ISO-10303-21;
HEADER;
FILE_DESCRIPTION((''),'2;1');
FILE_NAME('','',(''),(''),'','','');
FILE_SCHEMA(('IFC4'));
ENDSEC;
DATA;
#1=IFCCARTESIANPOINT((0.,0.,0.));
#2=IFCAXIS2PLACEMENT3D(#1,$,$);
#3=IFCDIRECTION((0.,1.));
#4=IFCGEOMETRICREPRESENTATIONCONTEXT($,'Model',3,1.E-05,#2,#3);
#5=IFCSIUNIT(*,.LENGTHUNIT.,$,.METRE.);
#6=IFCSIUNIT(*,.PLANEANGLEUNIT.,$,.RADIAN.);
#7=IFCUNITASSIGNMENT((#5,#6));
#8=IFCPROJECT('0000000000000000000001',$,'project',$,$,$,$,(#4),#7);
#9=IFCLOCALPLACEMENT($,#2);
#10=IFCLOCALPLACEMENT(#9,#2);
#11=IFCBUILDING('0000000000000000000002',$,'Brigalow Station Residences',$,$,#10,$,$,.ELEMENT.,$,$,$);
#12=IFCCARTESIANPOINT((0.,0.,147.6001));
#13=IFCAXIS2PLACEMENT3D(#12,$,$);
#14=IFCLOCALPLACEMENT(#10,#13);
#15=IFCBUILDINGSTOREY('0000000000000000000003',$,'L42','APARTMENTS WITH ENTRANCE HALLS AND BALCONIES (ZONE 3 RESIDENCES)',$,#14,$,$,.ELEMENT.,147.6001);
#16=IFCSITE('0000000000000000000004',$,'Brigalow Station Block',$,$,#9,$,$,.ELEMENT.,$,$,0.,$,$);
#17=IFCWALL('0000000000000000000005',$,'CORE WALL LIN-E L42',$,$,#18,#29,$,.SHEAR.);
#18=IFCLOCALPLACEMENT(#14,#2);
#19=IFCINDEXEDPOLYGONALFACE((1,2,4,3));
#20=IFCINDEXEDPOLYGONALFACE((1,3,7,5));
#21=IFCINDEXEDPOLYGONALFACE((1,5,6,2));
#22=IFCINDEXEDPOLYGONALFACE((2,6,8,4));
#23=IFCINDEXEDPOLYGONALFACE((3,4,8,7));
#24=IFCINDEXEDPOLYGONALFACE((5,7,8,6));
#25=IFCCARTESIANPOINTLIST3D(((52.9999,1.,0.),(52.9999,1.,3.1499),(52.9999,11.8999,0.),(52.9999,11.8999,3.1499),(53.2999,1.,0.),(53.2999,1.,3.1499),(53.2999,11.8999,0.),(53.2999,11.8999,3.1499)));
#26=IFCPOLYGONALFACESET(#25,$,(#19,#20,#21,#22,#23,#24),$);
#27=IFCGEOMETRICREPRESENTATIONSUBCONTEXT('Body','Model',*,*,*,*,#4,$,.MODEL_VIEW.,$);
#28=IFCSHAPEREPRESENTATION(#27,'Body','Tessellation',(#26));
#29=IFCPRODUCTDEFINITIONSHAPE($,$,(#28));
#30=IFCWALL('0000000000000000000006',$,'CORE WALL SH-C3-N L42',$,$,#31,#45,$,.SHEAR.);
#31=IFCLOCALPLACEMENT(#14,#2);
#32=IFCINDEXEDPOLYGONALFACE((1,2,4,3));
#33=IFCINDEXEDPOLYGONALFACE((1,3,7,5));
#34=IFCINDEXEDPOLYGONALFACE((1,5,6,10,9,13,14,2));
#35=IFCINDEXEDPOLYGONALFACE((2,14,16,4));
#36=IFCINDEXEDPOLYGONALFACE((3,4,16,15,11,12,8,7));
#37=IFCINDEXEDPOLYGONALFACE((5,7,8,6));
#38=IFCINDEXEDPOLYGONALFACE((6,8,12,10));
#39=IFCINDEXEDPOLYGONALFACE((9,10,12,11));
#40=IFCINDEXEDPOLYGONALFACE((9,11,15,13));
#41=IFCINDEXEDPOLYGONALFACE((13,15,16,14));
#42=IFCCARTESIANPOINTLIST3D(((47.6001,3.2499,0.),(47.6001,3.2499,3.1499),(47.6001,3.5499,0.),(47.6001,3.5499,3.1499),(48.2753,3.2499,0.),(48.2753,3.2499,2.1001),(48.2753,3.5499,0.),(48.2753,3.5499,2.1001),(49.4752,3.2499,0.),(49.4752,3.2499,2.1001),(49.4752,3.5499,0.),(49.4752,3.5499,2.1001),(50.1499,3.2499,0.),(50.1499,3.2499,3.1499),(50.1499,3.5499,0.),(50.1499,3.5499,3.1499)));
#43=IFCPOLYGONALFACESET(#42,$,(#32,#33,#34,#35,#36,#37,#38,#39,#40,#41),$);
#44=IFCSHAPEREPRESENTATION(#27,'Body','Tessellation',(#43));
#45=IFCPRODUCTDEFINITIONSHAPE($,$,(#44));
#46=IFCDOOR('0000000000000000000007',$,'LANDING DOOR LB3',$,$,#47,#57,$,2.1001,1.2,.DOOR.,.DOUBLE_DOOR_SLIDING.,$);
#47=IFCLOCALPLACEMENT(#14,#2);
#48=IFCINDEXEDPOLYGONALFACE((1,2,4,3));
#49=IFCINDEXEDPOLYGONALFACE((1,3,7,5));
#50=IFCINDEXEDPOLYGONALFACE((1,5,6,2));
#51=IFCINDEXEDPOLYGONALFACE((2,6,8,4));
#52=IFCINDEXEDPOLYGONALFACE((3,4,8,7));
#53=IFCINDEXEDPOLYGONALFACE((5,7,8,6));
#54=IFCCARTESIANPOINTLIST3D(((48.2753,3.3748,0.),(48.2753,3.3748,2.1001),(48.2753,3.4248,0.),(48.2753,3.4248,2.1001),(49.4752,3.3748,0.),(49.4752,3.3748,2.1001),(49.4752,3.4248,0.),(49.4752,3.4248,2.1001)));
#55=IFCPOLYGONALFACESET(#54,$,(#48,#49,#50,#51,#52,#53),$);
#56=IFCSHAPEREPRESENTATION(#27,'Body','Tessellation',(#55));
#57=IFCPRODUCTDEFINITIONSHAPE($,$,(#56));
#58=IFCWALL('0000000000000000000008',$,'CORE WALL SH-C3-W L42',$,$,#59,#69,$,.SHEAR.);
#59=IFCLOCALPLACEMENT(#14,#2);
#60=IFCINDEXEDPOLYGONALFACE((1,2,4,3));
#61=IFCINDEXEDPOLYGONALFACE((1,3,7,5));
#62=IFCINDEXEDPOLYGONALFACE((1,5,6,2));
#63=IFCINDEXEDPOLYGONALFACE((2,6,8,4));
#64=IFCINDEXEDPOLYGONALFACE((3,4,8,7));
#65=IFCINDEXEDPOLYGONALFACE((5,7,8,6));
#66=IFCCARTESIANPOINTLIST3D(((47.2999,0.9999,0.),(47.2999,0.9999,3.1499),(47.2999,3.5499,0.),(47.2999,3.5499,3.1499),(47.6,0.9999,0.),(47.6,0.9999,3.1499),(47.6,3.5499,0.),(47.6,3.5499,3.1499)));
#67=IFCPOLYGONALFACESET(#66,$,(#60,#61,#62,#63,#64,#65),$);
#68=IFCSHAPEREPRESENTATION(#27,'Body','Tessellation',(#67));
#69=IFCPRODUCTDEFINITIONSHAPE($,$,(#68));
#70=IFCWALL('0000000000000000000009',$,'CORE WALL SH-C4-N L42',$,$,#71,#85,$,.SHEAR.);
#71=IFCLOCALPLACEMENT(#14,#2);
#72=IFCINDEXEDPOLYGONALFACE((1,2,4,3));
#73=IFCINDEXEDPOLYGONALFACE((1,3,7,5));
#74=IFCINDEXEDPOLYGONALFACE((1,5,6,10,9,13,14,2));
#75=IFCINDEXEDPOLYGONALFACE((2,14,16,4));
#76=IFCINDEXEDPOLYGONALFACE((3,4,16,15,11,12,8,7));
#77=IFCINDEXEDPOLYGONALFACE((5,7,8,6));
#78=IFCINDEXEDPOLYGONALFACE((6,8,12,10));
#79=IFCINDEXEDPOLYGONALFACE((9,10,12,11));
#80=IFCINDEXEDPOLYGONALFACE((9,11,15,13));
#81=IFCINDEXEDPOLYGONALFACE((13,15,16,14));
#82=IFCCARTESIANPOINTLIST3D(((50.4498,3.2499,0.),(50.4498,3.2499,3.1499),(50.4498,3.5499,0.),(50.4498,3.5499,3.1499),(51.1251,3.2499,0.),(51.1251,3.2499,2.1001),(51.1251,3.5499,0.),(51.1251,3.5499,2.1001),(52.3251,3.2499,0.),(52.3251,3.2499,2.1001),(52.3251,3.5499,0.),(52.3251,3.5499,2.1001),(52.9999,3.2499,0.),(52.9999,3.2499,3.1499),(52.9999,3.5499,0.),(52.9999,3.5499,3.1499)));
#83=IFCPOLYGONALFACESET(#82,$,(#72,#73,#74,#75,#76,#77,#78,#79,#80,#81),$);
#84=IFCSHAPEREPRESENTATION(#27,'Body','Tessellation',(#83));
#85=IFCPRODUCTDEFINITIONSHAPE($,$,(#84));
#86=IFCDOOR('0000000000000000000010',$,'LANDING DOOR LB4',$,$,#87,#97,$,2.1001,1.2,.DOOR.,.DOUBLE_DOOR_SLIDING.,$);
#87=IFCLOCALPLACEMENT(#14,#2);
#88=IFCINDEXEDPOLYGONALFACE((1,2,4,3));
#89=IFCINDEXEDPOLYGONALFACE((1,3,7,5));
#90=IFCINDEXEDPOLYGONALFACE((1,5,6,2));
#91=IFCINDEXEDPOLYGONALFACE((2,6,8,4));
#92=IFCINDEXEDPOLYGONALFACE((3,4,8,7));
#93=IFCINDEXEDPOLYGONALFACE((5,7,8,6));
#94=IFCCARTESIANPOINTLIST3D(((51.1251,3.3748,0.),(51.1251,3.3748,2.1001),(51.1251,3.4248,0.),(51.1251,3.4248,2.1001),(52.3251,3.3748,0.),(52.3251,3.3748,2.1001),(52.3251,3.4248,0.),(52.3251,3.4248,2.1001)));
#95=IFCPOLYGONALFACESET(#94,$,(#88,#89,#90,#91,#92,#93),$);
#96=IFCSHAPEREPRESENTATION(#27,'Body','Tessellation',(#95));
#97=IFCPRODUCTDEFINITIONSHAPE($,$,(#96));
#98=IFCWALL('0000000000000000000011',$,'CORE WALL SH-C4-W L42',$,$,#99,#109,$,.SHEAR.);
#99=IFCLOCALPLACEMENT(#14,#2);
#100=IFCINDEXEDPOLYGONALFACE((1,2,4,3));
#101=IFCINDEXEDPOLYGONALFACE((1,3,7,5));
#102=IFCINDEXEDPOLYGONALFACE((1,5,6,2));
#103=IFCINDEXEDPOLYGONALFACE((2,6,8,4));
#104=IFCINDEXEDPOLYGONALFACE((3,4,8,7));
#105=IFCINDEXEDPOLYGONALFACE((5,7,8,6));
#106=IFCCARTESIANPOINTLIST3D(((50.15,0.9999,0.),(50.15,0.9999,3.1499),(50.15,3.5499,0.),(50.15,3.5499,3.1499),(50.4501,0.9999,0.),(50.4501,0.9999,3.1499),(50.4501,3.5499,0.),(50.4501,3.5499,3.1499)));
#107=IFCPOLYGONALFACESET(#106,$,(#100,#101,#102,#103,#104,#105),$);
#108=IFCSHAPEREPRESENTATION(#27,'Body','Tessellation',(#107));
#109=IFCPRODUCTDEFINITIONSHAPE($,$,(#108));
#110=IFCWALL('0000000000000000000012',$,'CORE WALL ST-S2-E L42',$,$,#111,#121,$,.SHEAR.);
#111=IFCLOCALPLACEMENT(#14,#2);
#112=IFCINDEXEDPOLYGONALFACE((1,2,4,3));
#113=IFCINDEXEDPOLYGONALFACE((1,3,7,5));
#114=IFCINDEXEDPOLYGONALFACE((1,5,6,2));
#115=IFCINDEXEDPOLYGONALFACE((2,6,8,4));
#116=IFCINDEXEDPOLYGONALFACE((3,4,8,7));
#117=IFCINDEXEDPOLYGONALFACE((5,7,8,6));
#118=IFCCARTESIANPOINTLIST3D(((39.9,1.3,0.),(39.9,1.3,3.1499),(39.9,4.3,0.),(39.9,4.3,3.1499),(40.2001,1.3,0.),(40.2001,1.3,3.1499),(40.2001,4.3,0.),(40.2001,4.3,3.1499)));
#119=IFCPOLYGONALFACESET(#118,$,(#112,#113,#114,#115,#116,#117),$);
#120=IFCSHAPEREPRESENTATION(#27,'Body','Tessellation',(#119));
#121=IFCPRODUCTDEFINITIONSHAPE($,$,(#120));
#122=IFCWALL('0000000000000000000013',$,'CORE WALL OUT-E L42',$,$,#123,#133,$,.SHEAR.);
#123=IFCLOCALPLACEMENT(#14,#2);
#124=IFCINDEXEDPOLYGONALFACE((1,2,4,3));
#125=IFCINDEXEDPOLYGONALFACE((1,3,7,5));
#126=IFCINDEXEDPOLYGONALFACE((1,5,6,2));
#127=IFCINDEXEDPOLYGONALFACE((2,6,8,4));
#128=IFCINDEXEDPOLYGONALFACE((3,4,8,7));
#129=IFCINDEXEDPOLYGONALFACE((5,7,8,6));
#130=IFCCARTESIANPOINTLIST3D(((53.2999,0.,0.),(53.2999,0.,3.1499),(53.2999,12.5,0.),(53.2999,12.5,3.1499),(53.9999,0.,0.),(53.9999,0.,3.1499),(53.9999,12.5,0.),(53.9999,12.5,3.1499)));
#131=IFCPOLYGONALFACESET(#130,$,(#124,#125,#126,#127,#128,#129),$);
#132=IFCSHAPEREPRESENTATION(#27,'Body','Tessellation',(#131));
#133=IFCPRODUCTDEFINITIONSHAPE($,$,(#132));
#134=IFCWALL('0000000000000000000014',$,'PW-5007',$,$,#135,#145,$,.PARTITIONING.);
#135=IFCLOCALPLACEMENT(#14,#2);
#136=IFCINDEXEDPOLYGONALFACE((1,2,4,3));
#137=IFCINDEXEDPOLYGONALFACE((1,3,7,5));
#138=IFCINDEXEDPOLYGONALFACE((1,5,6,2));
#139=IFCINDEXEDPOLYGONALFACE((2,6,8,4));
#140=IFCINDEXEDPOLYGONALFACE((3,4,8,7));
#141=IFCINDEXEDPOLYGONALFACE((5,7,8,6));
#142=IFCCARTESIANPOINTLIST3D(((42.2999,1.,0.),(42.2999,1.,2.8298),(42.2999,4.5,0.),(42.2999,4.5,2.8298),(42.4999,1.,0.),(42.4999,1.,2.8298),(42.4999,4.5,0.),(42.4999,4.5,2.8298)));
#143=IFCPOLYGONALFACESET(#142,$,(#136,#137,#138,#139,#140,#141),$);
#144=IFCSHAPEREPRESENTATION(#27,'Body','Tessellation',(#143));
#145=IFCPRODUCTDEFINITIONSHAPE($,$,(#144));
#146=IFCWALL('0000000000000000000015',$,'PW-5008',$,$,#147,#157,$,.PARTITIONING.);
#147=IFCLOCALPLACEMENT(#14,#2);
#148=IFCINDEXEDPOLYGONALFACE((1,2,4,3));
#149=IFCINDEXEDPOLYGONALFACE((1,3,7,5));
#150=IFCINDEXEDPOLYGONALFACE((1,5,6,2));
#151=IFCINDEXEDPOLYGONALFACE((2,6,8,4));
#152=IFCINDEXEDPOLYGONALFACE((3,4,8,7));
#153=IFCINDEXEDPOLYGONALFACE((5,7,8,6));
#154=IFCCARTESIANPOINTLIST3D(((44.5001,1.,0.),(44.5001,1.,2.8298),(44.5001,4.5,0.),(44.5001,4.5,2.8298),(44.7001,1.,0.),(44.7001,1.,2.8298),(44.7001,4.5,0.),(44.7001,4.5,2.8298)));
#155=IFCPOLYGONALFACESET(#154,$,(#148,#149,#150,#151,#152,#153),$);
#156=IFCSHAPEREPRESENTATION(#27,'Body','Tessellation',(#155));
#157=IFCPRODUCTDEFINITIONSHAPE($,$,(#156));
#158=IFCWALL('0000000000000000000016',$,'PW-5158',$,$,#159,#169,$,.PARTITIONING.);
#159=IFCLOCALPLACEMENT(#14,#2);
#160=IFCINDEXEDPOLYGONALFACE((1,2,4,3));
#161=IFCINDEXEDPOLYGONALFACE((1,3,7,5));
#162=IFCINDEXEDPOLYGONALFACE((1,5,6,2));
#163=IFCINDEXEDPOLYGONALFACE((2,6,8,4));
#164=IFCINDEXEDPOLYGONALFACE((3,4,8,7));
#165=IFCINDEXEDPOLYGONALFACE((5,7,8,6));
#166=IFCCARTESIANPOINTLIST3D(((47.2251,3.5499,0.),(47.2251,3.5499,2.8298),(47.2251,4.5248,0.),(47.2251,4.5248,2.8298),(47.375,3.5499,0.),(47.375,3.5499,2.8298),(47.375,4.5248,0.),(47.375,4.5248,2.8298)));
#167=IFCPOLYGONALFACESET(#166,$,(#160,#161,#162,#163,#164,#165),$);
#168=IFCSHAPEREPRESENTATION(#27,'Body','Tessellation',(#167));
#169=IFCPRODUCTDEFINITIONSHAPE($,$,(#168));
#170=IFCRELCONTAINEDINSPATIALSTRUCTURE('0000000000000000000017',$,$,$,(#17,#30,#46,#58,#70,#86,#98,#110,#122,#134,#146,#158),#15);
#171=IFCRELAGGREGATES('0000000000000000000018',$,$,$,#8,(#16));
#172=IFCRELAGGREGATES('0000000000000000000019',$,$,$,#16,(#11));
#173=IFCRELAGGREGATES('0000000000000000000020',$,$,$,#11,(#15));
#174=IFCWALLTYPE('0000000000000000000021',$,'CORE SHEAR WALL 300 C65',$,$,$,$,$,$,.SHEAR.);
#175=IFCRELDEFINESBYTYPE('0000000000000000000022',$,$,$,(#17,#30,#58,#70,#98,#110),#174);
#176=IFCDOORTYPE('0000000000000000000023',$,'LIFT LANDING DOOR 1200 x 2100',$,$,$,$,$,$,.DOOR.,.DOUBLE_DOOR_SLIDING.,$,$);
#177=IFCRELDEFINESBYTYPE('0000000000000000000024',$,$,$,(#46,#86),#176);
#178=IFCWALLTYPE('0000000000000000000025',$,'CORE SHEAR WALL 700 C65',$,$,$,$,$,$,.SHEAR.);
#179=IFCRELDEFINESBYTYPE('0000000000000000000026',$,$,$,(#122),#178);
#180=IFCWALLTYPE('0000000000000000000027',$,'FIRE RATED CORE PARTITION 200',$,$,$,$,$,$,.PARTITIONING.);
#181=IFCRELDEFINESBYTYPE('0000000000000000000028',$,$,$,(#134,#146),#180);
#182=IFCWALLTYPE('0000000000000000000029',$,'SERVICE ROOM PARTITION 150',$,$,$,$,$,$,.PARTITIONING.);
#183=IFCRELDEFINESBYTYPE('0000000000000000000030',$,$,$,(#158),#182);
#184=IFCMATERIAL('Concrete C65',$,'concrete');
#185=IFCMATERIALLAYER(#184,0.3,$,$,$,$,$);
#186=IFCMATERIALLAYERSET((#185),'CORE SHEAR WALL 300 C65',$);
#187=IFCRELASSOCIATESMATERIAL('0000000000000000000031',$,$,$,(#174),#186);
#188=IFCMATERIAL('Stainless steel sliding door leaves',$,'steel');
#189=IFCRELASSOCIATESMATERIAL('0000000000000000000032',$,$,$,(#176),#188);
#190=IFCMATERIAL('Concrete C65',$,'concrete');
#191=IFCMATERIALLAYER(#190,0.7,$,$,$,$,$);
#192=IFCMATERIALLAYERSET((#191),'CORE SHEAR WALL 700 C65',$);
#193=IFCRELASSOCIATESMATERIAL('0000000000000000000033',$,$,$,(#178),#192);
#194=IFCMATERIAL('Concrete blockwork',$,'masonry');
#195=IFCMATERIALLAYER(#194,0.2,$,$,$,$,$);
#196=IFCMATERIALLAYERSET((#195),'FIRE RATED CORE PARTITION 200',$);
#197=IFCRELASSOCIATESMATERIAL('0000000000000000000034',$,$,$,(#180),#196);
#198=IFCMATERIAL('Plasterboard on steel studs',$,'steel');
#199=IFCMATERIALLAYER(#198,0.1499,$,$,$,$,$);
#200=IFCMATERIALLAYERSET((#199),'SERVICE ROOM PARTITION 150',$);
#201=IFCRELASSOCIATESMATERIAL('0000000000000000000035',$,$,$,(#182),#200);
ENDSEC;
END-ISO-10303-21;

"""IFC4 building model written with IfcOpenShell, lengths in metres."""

from ifc_helpers import new_model, si_unit, direction, frame, frame_2d, origin, place, context, subcontext, project, spatial, rectangle, extrude, material, layer, layer_set, type_object, element, fill, save


model = new_model("IFC4")

# Units and contexts
model_context = context("Model", 3, precision=1e-05, world=origin(), true_north=direction((0.0, 1.0)))
body_context = subcontext(model_context, "Body", "Model", "MODEL_VIEW")
ifc_project = project(units=[si_unit("LENGTHUNIT", "METRE"), si_unit("PLANEANGLEUNIT", "RADIAN")], contexts=[model_context])

# Site, building, storey
site_placement = place(None, origin())
site = spatial("IfcSite", under=ifc_project, at=site_placement, Name="Brigalow Station Block", CompositionType="ELEMENT", RefElevation=0.0)
building_placement = place(site_placement, origin())
building = spatial("IfcBuilding", under=site, at=building_placement, Name="Brigalow Station Residences", CompositionType="ELEMENT")
storey_placement = place(building_placement, frame((0.0, 0.0, 147.6001)))
storey = spatial("IfcBuildingStorey", under=building, at=storey_placement, Name="L42", Description="APARTMENTS WITH ENTRANCE HALLS AND BALCONIES (ZONE 3 RESIDENCES)", CompositionType="ELEMENT", Elevation=147.6001)

# Wall
ifc_material_1 = material(Name="Concrete C65", Category="concrete")
ifc_layer_1 = layer(ifc_material_1, 0.3)
ifc_layer_set_1 = layer_set([ifc_layer_1], Name="CORE SHEAR WALL 300 C65")
wall_type_1 = type_object("IfcWallType", Name="CORE SHEAR WALL 300 C65", PredefinedType="SHEAR", material=ifc_layer_set_1)
wall_1_placement = place(storey_placement, frame((53.1499, 1.0, 0.0), z_axis=(0.0, 0.0, 1.0), x_axis=(0.0, 1.0, 0.0)))
element("IfcWall", 1, at=wall_1_placement, inside=storey, type_object=wall_type_1, Name="CORE WALL LIN-E L42", PredefinedType="SHEAR", context=body_context, shape_type="SweptSolid", body=[
    extrude(rectangle(XDim=10.8999, YDim=0.3, at=frame_2d((5.45, 0.0))), origin(), (0.0, 0.0, 1.0), 3.1499),
])

# Wall, opening, door
wall_2_placement = place(storey_placement, frame((47.6001, 3.3999, 0.0), z_axis=(0.0, 0.0, 1.0), x_axis=(1.0, 0.0, 0.0)))
wall_2 = element("IfcWall", 2, at=wall_2_placement, inside=storey, type_object=wall_type_1, Name="CORE WALL SH-C3-N L42", PredefinedType="SHEAR", context=body_context, shape_type="SweptSolid", body=[
    extrude(rectangle(XDim=2.5498, YDim=0.3, at=frame_2d((1.2749, 0.0))), origin(), (0.0, 0.0, 1.0), 3.1499),
])
opening_1_placement = place(wall_2_placement, frame((0.675, 0.0, 0.0)))
opening_1 = element("IfcOpeningElement", 3, at=opening_1_placement, cuts=wall_2, PredefinedType="OPENING", context=body_context, shape_type="SweptSolid", body=[
    extrude(rectangle(XDim=1.2, YDim=2.1001, at=frame_2d((0.6001, 1.05))), frame((0.0, 0.1602, 0.0), z_axis=(0.0, -1.0, 0.0), x_axis=(1.0, 0.0, 0.0)), (0.0, 0.0, 1.0), 0.3201),
])
ifc_material_2 = material(Name="Stainless steel sliding door leaves", Category="steel")
door_type = type_object("IfcDoorType", Name="LIFT LANDING DOOR 1200 x 2100", OperationType="DOUBLE_DOOR_SLIDING", PredefinedType="DOOR", material=ifc_material_2)
door_1_placement = place(opening_1_placement, origin())
door_1 = element("IfcDoor", 4, at=door_1_placement, inside=storey, type_object=door_type, Name="LANDING DOOR LB3", OperationType="DOUBLE_DOOR_SLIDING", OverallHeight=2.1001, OverallWidth=1.2, PredefinedType="DOOR", context=body_context, shape_type="SweptSolid", body=[
    extrude(rectangle(XDim=1.2, YDim=2.1001, at=frame_2d((0.6001, 1.05))), frame((0.0, 0.0249, 0.0), z_axis=(0.0, -1.0, 0.0), x_axis=(1.0, 0.0, 0.0)), (0.0, 0.0, 1.0), 0.05),
])
fill(opening_1, door_1)

# Wall
wall_3_placement = place(storey_placement, frame((47.45, 1.0, 0.0), z_axis=(0.0, 0.0, 1.0), x_axis=(0.0, 1.0, 0.0)))
element("IfcWall", 5, at=wall_3_placement, inside=storey, type_object=wall_type_1, Name="CORE WALL SH-C3-W L42", PredefinedType="SHEAR", context=body_context, shape_type="SweptSolid", body=[
    extrude(rectangle(XDim=2.55, YDim=0.3, at=frame_2d((1.2749, 0.0))), origin(), (0.0, 0.0, 1.0), 3.1499),
])

# Wall, opening, door
wall_4_placement = place(storey_placement, frame((50.45, 3.3999, 0.0), z_axis=(0.0, 0.0, 1.0), x_axis=(1.0, 0.0, 0.0)))
wall_4 = element("IfcWall", 6, at=wall_4_placement, inside=storey, type_object=wall_type_1, Name="CORE WALL SH-C4-N L42", PredefinedType="SHEAR", context=body_context, shape_type="SweptSolid", body=[
    extrude(rectangle(XDim=2.55, YDim=0.3, at=frame_2d((1.2749, 0.0))), origin(), (0.0, 0.0, 1.0), 3.1499),
])
opening_2_placement = place(wall_4_placement, frame((0.675, 0.0, 0.0)))
opening_2 = element("IfcOpeningElement", 7, at=opening_2_placement, cuts=wall_4, PredefinedType="OPENING", context=body_context, shape_type="SweptSolid", body=[
    extrude(rectangle(XDim=1.2, YDim=2.1001, at=frame_2d((0.6001, 1.05))), frame((0.0, 0.1602, 0.0), z_axis=(0.0, -1.0, 0.0), x_axis=(1.0, 0.0, 0.0)), (0.0, 0.0, 1.0), 0.3201),
])
door_2_placement = place(opening_2_placement, origin())
door_2 = element("IfcDoor", 8, at=door_2_placement, inside=storey, type_object=door_type, Name="LANDING DOOR LB4", OperationType="DOUBLE_DOOR_SLIDING", OverallHeight=2.1001, OverallWidth=1.2, PredefinedType="DOOR", context=body_context, shape_type="SweptSolid", body=[
    extrude(rectangle(XDim=1.2, YDim=2.1001, at=frame_2d((0.6001, 1.05))), frame((0.0, 0.0249, 0.0), z_axis=(0.0, -1.0, 0.0), x_axis=(1.0, 0.0, 0.0)), (0.0, 0.0, 1.0), 0.05),
])
fill(opening_2, door_2)

# Walls
wall_5_placement = place(storey_placement, frame((50.3, 1.0, 0.0), z_axis=(0.0, 0.0, 1.0), x_axis=(0.0, 1.0, 0.0)))
element("IfcWall", 9, at=wall_5_placement, inside=storey, type_object=wall_type_1, Name="CORE WALL SH-C4-W L42", PredefinedType="SHEAR", context=body_context, shape_type="SweptSolid", body=[
    extrude(rectangle(XDim=2.55, YDim=0.3, at=frame_2d((1.2749, 0.0))), origin(), (0.0, 0.0, 1.0), 3.1499),
])
wall_6_placement = place(storey_placement, frame((40.05, 1.3, 0.0), z_axis=(0.0, 0.0, 1.0), x_axis=(0.0, 1.0, 0.0)))
element("IfcWall", 10, at=wall_6_placement, inside=storey, type_object=wall_type_1, Name="CORE WALL ST-S2-E L42", PredefinedType="SHEAR", context=body_context, shape_type="SweptSolid", body=[
    extrude(rectangle(XDim=3.0, YDim=0.3, at=frame_2d((1.5, 0.0))), origin(), (0.0, 0.0, 1.0), 3.1499),
])
ifc_material_3 = material(Name="Concrete C65", Category="concrete")
ifc_layer_2 = layer(ifc_material_3, 0.7)
ifc_layer_set_2 = layer_set([ifc_layer_2], Name="CORE SHEAR WALL 700 C65")
wall_type_2 = type_object("IfcWallType", Name="CORE SHEAR WALL 700 C65", PredefinedType="SHEAR", material=ifc_layer_set_2)
wall_7_placement = place(storey_placement, frame((53.6499, 0.0, 0.0), z_axis=(0.0, 0.0, 1.0), x_axis=(0.0, 1.0, 0.0)))
element("IfcWall", 11, at=wall_7_placement, inside=storey, type_object=wall_type_2, Name="CORE WALL OUT-E L42", PredefinedType="SHEAR", context=body_context, shape_type="SweptSolid", body=[
    extrude(rectangle(XDim=12.5, YDim=0.7, at=frame_2d((6.25, 0.0))), origin(), (0.0, 0.0, 1.0), 3.1499),
])
ifc_material_4 = material(Name="Concrete blockwork", Category="masonry")
ifc_layer_3 = layer(ifc_material_4, 0.2)
ifc_layer_set_3 = layer_set([ifc_layer_3], Name="FIRE RATED CORE PARTITION 200")
wall_type_3 = type_object("IfcWallType", Name="FIRE RATED CORE PARTITION 200", PredefinedType="PARTITIONING", material=ifc_layer_set_3)
for number, where, z_axis, x_axis, name in (
    (12, (42.3999, 1.0, 0.0), (0.0, 0.0, 1.0), (0.0, 1.0, 0.0), "PW-5007"),
    (13, (44.6001, 1.0, 0.0), (0.0, 0.0, 1.0), (0.0, 1.0, 0.0), "PW-5008"),
):
    element("IfcWall", number, at=place(storey_placement, frame(where, z_axis=z_axis, x_axis=x_axis)), inside=storey, type_object=wall_type_3, Name=name, PredefinedType="PARTITIONING", context=body_context, shape_type="SweptSolid", body=[
        extrude(rectangle(XDim=3.5, YDim=0.2, at=frame_2d((1.75, 0.0))), origin(), (0.0, 0.0, 1.0), 2.8298),
    ])
ifc_material_5 = material(Name="Plasterboard on steel studs", Category="steel")
ifc_layer_4 = layer(ifc_material_5, 0.1499)
ifc_layer_set_4 = layer_set([ifc_layer_4], Name="SERVICE ROOM PARTITION 150")
wall_type_4 = type_object("IfcWallType", Name="SERVICE ROOM PARTITION 150", PredefinedType="PARTITIONING", material=ifc_layer_set_4)
wall_8_placement = place(storey_placement, frame((47.3, 3.55, 0.0), z_axis=(0.0, 0.0, 1.0), x_axis=(0.0, 1.0, 0.0)))
element("IfcWall", 14, at=wall_8_placement, inside=storey, type_object=wall_type_4, Name="PW-5158", PredefinedType="PARTITIONING", context=body_context, shape_type="SweptSolid", body=[
    extrude(rectangle(XDim=0.9749, YDim=0.1499, at=frame_2d((0.4873, 0.0))), origin(), (0.0, 0.0, 1.0), 2.8298),
])

save(model, "model.ifc")
